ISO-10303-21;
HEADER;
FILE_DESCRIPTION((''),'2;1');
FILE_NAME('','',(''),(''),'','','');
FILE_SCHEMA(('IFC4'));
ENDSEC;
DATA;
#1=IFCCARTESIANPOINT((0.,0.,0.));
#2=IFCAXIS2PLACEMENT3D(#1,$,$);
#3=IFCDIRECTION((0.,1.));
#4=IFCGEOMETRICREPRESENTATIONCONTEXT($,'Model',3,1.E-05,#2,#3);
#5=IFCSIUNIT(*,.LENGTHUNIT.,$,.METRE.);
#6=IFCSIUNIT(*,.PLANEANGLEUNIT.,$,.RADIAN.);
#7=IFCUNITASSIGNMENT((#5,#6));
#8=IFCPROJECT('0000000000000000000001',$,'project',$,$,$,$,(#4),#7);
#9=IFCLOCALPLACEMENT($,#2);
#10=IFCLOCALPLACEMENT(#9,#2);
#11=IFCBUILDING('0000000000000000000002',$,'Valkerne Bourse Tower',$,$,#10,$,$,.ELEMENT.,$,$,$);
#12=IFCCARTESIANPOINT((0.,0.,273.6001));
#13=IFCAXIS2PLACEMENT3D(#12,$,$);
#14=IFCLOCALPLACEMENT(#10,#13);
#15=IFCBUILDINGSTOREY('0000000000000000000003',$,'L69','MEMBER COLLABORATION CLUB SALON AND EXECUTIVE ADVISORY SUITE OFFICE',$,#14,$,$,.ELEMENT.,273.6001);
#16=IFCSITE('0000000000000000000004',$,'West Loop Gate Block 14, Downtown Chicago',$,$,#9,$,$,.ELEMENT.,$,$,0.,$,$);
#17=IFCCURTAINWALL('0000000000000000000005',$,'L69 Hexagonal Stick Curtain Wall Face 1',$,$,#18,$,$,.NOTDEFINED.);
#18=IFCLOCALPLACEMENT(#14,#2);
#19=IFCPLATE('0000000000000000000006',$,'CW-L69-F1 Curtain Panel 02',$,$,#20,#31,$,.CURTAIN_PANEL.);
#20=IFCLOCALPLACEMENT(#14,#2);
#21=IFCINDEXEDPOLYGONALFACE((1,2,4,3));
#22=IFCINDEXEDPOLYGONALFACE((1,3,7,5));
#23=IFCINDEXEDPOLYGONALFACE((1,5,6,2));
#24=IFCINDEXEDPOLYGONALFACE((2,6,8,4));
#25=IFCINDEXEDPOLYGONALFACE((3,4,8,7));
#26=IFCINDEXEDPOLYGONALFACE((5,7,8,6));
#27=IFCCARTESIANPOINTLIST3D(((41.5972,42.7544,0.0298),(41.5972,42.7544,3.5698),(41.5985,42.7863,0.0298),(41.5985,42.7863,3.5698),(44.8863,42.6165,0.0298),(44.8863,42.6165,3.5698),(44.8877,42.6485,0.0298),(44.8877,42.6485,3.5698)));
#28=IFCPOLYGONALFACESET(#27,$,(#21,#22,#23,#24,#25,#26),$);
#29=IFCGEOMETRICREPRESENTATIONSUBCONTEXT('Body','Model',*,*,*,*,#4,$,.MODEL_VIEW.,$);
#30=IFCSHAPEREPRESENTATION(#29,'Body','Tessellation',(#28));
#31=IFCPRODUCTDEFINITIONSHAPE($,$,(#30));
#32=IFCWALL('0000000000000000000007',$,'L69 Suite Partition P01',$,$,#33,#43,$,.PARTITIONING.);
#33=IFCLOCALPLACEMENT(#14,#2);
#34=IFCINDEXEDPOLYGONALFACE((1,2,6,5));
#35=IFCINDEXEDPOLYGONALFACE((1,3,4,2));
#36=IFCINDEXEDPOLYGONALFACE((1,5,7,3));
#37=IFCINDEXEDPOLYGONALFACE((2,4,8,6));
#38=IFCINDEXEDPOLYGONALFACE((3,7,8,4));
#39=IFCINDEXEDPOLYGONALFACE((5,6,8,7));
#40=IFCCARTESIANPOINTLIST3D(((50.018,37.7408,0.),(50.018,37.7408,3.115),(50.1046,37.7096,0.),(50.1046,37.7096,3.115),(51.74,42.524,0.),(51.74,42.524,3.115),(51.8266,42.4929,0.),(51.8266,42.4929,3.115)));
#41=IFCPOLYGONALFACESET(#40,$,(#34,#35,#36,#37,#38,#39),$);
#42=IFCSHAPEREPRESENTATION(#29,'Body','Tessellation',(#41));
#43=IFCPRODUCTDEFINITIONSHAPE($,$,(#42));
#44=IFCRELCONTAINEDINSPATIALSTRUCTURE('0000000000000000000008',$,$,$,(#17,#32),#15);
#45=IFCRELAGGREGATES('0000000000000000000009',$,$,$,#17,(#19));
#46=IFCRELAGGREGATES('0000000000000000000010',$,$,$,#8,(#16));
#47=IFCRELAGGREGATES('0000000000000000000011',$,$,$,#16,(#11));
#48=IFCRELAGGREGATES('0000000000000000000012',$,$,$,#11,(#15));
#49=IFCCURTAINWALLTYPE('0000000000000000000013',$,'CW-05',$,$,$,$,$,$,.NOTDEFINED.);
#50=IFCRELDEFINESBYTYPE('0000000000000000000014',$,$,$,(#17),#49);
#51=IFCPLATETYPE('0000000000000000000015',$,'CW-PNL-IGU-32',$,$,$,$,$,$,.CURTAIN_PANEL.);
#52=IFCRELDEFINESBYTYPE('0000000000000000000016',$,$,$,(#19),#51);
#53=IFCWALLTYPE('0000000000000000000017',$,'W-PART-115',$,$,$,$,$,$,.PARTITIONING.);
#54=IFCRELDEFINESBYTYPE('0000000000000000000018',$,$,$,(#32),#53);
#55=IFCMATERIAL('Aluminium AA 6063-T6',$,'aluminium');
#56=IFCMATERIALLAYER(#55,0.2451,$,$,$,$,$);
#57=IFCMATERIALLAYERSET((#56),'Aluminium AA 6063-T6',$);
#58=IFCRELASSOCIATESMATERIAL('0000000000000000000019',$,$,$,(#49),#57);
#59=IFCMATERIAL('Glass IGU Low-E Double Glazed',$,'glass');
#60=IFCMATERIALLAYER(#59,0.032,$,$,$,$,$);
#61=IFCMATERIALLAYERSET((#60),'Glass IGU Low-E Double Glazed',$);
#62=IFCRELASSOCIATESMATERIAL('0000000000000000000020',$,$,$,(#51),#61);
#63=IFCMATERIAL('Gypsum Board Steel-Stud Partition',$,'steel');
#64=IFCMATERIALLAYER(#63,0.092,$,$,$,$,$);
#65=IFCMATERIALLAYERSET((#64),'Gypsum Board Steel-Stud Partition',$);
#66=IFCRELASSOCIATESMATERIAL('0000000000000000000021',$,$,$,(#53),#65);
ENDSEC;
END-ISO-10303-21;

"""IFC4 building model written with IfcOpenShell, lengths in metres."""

from ifc_helpers import new_model, si_unit, direction, frame, frame_2d, origin, origin_2d, place, context, subcontext, project, spatial, rectangle, extrude, material, layer, layer_set, type_object, element, aggregate, save


model = new_model("IFC4")

# Units and contexts
model_context = context("Model", 3, precision=1e-05, world=origin(), true_north=direction((0.0, 1.0)))
body_context = subcontext(model_context, "Body", "Model", "MODEL_VIEW")
ifc_project = project(units=[si_unit("LENGTHUNIT", "METRE"), si_unit("PLANEANGLEUNIT", "RADIAN")], contexts=[model_context])

# Site, building, storey
site_placement = place(None, origin())
site = spatial("IfcSite", under=ifc_project, at=site_placement, Name="West Loop Gate Block 14, Downtown Chicago", CompositionType="ELEMENT", RefElevation=0.0)
building_placement = place(site_placement, origin())
building = spatial("IfcBuilding", under=site, at=building_placement, Name="Valkerne Bourse Tower", CompositionType="ELEMENT")
storey_placement = place(building_placement, frame((0.0, 0.0, 273.6001)))
storey = spatial("IfcBuildingStorey", under=building, at=storey_placement, Name="L69", Description="MEMBER COLLABORATION CLUB SALON AND EXECUTIVE ADVISORY SUITE OFFICE", CompositionType="ELEMENT", Elevation=273.6001)

# Curtain wall
ifc_material_1 = material(Name="Aluminium AA 6063-T6", Category="aluminium")
ifc_layer_1 = layer(ifc_material_1, 0.2451)
ifc_layer_set_1 = layer_set([ifc_layer_1], Name="Aluminium AA 6063-T6")
curtain_wall_type = type_object("IfcCurtainWallType", Name="CW-05", PredefinedType="NOTDEFINED", material=ifc_layer_set_1)
curtain_wall_placement = place(storey_placement, origin())
curtain_wall = element("IfcCurtainWall", 1, at=curtain_wall_placement, inside=storey, type_object=curtain_wall_type, Name="L69 Hexagonal Stick Curtain Wall Face 1", PredefinedType="NOTDEFINED")

# Plate
ifc_material_2 = material(Name="Glass IGU Low-E Double Glazed", Category="glass")
ifc_layer_2 = layer(ifc_material_2, 0.032)
ifc_layer_set_2 = layer_set([ifc_layer_2], Name="Glass IGU Low-E Double Glazed")
plate_type = type_object("IfcPlateType", Name="CW-PNL-IGU-32", PredefinedType="CURTAIN_PANEL", material=ifc_layer_set_2)
plate_1_placement = place(storey_placement, frame((43.2424, 42.7014, 0.0298), z_axis=(0.0, 0.0, 1.0), x_axis=(-0.999123, 0.04188, 0.0)))
plate_1 = element("IfcPlate", 2, at=plate_1_placement, type_object=plate_type, Name="CW-L69-F1 Curtain Panel 02", PredefinedType="CURTAIN_PANEL", context=body_context, shape_type="SweptSolid", body=[
    extrude(rectangle(XDim=3.292, YDim=0.032, at=origin_2d()), origin(), (0.0, 0.0, 1.0), 3.54),
])
aggregate(curtain_wall, [plate_1])

# Wall
ifc_material_3 = material(Name="Gypsum Board Steel-Stud Partition", Category="steel")
ifc_layer_3 = layer(ifc_material_3, 0.092)
ifc_layer_set_3 = layer_set([ifc_layer_3], Name="Gypsum Board Steel-Stud Partition")
wall_type = type_object("IfcWallType", Name="W-PART-115", PredefinedType="PARTITIONING", material=ifc_layer_set_3)
wall_placement = place(storey_placement, frame((50.0613, 37.7251, 0.0), z_axis=(0.0, 0.0, 1.0), x_axis=(0.338714, 0.940889, 0.0)))
element("IfcWall", 3, at=wall_placement, inside=storey, type_object=wall_type, Name="L69 Suite Partition P01", PredefinedType="PARTITIONING", context=body_context, shape_type="SweptSolid", body=[
    extrude(rectangle(XDim=5.0837, YDim=0.092, at=frame_2d((2.542, 0.0))), origin(), (0.0, 0.0, 1.0), 3.115),
])

save(model, "model.ifc")
